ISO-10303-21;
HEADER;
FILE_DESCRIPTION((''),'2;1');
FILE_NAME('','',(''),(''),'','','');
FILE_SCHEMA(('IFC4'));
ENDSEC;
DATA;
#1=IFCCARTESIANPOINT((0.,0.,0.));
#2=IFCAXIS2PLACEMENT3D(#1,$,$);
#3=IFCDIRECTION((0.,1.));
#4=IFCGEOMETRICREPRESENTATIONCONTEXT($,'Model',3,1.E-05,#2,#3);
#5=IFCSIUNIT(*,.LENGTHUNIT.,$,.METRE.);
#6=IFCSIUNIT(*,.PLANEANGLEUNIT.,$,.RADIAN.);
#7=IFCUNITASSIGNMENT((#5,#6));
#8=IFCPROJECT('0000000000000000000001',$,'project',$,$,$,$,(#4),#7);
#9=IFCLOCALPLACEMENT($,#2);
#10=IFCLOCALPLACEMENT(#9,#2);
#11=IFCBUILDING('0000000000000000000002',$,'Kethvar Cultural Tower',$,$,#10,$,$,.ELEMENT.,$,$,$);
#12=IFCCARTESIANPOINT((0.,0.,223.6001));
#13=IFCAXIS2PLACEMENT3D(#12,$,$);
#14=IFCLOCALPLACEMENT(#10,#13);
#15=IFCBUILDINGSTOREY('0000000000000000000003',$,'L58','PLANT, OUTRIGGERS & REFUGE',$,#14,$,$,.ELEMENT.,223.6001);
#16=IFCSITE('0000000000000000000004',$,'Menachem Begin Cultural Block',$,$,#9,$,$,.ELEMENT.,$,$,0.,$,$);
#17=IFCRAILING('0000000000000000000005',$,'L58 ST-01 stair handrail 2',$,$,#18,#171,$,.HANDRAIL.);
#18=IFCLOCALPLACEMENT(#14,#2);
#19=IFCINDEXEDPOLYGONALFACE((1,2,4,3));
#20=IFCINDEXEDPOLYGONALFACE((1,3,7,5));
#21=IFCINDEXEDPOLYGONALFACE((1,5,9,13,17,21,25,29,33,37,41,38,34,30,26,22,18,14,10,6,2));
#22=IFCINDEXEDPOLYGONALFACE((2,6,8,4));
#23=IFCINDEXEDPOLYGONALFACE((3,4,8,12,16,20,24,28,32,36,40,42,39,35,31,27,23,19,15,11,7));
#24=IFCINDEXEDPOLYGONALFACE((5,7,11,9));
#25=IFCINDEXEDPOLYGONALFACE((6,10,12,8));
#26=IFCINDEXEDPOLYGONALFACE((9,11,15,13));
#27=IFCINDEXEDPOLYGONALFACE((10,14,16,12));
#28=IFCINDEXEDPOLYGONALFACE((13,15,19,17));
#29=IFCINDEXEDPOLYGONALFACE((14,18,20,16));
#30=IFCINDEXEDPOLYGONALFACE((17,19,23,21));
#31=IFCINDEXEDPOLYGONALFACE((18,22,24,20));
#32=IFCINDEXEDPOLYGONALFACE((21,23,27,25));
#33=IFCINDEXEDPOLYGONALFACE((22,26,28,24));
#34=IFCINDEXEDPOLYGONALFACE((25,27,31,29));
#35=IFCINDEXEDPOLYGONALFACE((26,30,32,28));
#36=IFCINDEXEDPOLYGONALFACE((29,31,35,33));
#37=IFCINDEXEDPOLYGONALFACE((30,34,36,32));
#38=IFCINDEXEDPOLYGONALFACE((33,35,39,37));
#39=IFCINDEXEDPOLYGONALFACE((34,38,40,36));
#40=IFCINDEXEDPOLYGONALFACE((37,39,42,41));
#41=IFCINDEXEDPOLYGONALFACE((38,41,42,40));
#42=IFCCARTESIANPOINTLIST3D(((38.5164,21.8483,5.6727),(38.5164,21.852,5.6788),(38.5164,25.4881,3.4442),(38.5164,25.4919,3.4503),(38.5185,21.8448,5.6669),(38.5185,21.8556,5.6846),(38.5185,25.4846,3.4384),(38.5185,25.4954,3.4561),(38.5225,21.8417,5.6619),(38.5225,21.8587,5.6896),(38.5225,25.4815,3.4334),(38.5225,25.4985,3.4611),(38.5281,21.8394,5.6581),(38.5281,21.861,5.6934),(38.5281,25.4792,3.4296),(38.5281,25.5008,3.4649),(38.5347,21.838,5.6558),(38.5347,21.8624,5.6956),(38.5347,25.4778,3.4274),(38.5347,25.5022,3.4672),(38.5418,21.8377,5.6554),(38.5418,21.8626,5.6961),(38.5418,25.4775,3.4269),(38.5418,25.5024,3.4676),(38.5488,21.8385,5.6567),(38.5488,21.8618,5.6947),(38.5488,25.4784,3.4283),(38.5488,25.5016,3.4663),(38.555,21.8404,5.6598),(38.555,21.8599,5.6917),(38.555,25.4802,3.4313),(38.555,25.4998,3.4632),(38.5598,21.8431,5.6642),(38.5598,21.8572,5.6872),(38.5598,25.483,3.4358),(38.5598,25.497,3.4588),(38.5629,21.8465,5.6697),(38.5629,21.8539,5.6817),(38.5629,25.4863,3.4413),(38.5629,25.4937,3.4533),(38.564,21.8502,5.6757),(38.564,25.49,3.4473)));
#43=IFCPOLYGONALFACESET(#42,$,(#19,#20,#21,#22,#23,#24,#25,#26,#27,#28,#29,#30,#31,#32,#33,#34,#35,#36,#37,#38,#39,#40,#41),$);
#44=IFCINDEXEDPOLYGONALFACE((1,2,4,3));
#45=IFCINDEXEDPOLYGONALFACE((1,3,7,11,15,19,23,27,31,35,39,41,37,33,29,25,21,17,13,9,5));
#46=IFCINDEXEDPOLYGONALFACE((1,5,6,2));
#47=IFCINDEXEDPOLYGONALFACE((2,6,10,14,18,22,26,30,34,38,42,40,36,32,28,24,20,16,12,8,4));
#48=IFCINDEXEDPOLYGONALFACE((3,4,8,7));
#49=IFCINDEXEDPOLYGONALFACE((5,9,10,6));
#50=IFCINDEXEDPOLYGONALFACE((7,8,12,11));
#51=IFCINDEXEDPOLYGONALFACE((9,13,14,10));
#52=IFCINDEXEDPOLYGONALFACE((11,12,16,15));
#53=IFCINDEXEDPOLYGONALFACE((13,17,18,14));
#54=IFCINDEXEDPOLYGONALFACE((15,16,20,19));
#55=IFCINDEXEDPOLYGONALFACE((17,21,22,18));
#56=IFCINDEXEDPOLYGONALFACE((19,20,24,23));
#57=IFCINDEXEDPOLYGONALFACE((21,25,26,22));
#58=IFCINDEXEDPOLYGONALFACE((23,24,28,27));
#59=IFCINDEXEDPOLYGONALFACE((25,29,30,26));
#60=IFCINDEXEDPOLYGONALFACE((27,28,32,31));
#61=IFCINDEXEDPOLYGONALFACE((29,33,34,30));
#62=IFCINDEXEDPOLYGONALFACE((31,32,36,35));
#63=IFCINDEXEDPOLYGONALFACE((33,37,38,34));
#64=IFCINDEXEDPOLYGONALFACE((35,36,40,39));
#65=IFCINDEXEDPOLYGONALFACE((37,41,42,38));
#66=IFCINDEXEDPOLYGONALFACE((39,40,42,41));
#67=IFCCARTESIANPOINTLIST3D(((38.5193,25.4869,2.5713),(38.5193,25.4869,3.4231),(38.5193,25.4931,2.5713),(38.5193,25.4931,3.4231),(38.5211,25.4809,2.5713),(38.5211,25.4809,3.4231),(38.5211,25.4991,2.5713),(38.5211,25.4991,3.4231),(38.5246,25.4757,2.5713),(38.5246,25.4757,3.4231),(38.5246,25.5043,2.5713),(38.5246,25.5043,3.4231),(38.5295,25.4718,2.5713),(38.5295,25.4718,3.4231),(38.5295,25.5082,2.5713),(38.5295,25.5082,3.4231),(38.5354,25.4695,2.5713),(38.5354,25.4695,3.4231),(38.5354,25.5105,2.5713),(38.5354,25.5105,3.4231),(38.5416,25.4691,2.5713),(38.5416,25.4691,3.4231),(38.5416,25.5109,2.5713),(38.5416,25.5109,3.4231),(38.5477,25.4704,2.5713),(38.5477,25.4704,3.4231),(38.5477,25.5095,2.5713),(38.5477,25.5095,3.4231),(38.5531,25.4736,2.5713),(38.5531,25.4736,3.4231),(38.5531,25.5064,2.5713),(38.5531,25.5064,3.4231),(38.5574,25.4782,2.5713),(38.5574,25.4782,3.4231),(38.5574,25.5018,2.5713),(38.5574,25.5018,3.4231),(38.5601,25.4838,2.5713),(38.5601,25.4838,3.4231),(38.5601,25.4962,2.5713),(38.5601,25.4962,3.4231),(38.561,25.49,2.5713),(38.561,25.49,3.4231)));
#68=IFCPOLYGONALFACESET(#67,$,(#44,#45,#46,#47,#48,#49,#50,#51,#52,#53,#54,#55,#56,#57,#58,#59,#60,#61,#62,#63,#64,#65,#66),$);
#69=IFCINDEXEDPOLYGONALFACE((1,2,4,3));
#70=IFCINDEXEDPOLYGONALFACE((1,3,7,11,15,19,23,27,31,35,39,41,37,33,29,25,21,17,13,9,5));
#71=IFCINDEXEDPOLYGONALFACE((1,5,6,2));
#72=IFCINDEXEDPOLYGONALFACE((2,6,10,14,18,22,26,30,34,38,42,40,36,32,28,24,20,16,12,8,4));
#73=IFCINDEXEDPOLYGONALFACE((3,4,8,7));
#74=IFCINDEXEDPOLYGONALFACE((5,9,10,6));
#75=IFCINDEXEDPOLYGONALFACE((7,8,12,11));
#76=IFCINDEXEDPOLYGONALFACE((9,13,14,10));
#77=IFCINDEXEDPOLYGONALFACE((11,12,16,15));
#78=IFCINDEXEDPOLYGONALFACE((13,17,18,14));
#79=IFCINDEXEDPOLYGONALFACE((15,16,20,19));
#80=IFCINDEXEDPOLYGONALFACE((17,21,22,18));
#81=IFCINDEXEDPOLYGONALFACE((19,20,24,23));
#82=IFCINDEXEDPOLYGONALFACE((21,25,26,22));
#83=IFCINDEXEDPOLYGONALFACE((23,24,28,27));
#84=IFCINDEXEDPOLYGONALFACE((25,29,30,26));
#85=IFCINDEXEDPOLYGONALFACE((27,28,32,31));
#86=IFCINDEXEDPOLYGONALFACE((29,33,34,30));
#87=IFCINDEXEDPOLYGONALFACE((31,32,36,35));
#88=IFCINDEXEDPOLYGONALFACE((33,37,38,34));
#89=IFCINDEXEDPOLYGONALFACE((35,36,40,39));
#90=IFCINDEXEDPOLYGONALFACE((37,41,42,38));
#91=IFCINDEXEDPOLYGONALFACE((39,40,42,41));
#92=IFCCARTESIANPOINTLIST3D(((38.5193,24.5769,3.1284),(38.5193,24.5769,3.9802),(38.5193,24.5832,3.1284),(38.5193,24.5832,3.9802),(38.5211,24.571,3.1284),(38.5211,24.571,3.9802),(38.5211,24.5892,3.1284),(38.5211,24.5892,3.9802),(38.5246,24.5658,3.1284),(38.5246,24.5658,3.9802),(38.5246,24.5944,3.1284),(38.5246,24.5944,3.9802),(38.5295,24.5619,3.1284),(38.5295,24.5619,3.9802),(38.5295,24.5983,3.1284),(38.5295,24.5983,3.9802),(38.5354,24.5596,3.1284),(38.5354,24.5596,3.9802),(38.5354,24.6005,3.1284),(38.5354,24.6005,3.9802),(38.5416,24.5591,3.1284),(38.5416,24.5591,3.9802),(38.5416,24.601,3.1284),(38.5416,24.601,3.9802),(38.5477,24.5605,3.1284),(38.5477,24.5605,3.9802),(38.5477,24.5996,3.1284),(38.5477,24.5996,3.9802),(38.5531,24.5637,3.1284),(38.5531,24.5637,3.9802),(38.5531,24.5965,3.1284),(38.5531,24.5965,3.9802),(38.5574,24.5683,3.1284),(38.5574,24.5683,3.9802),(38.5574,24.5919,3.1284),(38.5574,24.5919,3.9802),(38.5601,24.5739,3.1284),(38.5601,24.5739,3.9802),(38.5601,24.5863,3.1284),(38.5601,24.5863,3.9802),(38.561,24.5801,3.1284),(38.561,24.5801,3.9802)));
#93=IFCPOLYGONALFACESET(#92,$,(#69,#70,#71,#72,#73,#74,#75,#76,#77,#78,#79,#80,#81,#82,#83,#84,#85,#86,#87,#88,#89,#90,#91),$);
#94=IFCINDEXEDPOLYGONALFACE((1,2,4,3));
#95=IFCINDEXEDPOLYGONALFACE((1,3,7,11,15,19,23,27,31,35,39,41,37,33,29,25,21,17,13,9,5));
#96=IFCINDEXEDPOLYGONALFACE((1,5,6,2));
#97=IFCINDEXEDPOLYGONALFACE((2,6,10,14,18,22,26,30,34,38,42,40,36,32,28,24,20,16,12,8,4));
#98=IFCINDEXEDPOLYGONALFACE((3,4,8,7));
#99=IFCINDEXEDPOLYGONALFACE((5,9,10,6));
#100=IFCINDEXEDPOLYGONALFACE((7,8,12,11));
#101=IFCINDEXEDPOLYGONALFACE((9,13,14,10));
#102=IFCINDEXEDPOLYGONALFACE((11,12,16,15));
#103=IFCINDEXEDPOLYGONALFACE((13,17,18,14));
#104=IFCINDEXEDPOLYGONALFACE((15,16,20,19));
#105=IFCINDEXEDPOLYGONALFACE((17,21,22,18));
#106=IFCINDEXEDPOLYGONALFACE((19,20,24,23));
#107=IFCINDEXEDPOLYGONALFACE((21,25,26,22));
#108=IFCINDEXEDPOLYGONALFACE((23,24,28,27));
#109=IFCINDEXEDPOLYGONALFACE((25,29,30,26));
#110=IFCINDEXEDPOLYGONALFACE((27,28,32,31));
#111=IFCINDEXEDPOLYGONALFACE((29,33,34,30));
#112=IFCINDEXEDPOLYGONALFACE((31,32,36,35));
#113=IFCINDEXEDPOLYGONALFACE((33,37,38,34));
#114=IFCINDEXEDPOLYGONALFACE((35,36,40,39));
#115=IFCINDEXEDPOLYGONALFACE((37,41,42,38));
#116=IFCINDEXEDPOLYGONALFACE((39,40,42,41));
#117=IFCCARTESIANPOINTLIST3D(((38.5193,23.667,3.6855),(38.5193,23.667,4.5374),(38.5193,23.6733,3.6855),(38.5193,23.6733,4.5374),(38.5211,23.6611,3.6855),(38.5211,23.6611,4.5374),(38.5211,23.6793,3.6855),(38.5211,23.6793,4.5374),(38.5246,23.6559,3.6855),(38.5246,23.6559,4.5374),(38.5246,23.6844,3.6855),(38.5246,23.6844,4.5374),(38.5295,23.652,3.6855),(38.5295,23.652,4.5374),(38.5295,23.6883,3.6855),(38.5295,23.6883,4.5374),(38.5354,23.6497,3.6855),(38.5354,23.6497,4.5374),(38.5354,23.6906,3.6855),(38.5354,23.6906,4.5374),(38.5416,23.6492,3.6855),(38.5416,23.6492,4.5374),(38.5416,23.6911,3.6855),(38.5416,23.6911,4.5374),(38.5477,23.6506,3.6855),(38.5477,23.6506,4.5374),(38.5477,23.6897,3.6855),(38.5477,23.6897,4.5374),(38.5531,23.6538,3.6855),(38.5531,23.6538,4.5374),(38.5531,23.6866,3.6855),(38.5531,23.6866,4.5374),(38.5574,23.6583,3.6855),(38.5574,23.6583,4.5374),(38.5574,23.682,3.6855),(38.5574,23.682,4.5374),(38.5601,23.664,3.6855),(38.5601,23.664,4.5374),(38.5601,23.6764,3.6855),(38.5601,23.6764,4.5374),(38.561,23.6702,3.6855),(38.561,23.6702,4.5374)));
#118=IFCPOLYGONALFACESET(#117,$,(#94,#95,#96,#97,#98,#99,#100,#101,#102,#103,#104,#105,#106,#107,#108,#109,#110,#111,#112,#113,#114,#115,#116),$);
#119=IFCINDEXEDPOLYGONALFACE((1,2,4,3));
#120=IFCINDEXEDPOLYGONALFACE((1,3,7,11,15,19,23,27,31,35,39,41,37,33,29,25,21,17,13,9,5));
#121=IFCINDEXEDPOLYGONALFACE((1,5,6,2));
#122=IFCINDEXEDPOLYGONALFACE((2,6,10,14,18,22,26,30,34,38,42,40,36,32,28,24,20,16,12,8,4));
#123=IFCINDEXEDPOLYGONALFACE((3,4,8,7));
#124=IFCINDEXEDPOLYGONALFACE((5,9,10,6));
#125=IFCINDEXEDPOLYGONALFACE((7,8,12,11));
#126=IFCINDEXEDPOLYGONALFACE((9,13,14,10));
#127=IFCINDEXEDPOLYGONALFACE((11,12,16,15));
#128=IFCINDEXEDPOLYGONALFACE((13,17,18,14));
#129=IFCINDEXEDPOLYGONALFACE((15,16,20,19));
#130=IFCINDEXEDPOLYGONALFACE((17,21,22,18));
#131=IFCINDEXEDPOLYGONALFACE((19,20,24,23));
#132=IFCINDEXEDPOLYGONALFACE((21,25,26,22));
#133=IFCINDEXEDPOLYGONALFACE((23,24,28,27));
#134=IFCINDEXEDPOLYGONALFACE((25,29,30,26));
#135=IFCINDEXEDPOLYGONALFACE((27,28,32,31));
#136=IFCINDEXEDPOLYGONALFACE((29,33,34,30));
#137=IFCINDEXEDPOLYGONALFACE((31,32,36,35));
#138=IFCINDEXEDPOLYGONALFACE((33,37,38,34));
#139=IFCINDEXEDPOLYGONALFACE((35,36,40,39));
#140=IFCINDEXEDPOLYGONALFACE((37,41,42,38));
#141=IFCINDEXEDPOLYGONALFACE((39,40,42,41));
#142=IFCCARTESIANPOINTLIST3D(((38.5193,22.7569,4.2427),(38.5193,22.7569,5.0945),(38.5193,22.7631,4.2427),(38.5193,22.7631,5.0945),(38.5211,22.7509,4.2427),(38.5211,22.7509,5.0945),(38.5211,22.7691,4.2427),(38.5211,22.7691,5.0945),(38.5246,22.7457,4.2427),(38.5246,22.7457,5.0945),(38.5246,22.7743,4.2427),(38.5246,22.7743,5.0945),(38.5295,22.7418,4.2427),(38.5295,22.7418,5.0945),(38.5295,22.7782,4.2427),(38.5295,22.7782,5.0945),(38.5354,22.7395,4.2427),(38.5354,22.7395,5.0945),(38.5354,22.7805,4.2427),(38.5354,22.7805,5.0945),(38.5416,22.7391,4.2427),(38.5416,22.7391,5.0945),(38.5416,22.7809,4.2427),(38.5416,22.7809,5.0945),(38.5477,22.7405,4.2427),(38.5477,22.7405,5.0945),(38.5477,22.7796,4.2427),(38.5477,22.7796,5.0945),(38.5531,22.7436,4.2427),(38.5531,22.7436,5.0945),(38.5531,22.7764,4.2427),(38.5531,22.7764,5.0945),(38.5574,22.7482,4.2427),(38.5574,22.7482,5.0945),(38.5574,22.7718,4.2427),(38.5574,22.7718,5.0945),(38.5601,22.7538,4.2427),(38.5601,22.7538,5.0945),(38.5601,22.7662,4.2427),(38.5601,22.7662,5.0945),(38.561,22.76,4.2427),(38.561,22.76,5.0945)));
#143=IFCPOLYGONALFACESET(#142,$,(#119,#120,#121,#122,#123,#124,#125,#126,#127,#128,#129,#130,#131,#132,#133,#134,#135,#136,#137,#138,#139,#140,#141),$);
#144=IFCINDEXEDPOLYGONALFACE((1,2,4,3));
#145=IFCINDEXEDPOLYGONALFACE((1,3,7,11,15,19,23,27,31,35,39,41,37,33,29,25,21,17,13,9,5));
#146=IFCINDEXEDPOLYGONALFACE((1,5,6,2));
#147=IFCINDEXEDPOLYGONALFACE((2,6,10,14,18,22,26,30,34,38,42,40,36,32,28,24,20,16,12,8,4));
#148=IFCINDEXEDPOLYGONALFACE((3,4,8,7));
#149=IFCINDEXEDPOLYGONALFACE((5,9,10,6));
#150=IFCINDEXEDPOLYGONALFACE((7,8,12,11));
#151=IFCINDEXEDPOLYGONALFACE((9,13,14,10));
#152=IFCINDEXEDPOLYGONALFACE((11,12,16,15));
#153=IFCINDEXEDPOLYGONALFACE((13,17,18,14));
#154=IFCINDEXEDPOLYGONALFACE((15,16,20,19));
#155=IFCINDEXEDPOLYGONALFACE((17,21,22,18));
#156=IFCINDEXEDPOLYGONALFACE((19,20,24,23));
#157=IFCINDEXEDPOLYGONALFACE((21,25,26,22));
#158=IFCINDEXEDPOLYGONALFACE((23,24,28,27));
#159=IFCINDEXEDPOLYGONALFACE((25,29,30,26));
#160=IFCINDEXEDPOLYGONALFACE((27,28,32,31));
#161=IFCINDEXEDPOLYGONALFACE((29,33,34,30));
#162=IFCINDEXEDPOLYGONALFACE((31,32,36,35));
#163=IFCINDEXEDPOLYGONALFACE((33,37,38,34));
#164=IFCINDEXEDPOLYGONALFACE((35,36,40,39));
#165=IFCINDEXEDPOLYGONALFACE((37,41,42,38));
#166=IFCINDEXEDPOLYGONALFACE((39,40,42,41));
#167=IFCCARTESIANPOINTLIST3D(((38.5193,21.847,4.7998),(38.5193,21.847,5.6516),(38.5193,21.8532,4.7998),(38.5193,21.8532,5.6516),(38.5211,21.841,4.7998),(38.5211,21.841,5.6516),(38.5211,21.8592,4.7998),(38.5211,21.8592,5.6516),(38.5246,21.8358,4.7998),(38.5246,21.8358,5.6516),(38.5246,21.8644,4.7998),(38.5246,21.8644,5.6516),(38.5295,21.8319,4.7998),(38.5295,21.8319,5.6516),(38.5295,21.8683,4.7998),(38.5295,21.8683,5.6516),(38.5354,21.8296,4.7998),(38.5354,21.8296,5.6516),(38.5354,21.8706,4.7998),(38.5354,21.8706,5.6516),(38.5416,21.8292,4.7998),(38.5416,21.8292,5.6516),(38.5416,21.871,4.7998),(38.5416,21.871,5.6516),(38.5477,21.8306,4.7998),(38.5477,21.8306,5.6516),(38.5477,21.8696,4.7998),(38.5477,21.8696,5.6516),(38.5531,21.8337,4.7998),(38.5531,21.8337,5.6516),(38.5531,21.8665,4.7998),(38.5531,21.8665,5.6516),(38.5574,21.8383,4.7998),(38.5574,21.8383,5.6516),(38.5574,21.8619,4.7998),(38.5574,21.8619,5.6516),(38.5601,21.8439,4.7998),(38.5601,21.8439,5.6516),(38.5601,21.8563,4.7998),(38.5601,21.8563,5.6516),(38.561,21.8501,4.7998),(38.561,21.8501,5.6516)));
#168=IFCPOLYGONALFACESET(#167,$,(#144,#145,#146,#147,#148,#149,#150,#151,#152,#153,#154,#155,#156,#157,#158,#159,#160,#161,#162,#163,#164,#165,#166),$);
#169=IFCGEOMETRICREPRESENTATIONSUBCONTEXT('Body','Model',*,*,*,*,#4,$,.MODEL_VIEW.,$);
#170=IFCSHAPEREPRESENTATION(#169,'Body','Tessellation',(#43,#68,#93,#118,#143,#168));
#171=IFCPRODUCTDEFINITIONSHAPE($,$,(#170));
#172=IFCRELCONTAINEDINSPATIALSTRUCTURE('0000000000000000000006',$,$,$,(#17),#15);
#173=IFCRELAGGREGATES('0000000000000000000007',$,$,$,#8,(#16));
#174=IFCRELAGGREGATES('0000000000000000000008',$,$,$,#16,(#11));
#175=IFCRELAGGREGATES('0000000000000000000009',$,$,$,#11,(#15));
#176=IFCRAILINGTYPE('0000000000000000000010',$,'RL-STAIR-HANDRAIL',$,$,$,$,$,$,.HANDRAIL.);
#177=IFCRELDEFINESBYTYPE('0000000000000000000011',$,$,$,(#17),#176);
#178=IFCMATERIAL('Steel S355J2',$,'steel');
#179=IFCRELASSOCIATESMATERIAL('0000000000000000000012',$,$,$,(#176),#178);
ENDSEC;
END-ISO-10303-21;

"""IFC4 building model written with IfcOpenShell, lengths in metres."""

from ifc_helpers import new_model, si_unit, direction, frame, origin, origin_2d, place, context, subcontext, project, spatial, circle, extrude, material, type_object, element, save


model = new_model("IFC4")

# Units and contexts
model_context = context("Model", 3, precision=1e-05, world=origin(), true_north=direction((0.0, 1.0)))
body_context = subcontext(model_context, "Body", "Model", "MODEL_VIEW")
ifc_project = project(units=[si_unit("LENGTHUNIT", "METRE"), si_unit("PLANEANGLEUNIT", "RADIAN")], contexts=[model_context])

# Site, building, storey
site_placement = place(None, origin())
site = spatial("IfcSite", under=ifc_project, at=site_placement, Name="Menachem Begin Cultural Block", CompositionType="ELEMENT", RefElevation=0.0)
building_placement = place(site_placement, origin())
building = spatial("IfcBuilding", under=site, at=building_placement, Name="Kethvar Cultural Tower", CompositionType="ELEMENT")
storey_placement = place(building_placement, frame((0.0, 0.0, 223.6001)))
storey = spatial("IfcBuildingStorey", under=building, at=storey_placement, Name="L58", Description="PLANT, OUTRIGGERS & REFUGE", CompositionType="ELEMENT", Elevation=223.6001)

# Shared definitions
ifc_material_1 = material(Name="Steel S355J2", Category="steel")

# Railing
railing_type_1 = type_object("IfcRailingType", Name="RL-STAIR-HANDRAIL", PredefinedType="HANDRAIL", material=ifc_material_1)
railing_1_placement = place(storey_placement, frame((38.54, 25.49, 2.5713)))
element("IfcRailing", 1, at=railing_1_placement, inside=storey, type_object=railing_type_1, Name="L58 ST-01 stair handrail 2", PredefinedType="HANDRAIL", context=body_context, shape_type="SweptSolid", body=[
    extrude(circle(Radius=0.0239, at=origin_2d()), frame((0.0, 0.0, 0.876), z_axis=(0.0, -0.85285, 0.522156), x_axis=(1.0, 0.0, 0.0)), (0.0, 0.0, 1.0), 4.2678),
    extrude(circle(Radius=0.021, at=origin_2d()), origin(), (0.0, 0.0, 1.0), 0.8518),
    extrude(circle(Radius=0.021, at=origin_2d()), frame((0.0, -0.9099, 0.5571)), (0.0, 0.0, 1.0), 0.8518),
    extrude(circle(Radius=0.021, at=origin_2d()), frame((0.0, -1.8198, 1.1143)), (0.0, 0.0, 1.0), 0.8518),
    extrude(circle(Radius=0.021, at=origin_2d()), frame((0.0, -2.73, 1.6714)), (0.0, 0.0, 1.0), 0.8518),
    extrude(circle(Radius=0.021, at=origin_2d()), frame((0.0, -3.6399, 2.2285)), (0.0, 0.0, 1.0), 0.8518),
])

save(model, "model.ifc")
